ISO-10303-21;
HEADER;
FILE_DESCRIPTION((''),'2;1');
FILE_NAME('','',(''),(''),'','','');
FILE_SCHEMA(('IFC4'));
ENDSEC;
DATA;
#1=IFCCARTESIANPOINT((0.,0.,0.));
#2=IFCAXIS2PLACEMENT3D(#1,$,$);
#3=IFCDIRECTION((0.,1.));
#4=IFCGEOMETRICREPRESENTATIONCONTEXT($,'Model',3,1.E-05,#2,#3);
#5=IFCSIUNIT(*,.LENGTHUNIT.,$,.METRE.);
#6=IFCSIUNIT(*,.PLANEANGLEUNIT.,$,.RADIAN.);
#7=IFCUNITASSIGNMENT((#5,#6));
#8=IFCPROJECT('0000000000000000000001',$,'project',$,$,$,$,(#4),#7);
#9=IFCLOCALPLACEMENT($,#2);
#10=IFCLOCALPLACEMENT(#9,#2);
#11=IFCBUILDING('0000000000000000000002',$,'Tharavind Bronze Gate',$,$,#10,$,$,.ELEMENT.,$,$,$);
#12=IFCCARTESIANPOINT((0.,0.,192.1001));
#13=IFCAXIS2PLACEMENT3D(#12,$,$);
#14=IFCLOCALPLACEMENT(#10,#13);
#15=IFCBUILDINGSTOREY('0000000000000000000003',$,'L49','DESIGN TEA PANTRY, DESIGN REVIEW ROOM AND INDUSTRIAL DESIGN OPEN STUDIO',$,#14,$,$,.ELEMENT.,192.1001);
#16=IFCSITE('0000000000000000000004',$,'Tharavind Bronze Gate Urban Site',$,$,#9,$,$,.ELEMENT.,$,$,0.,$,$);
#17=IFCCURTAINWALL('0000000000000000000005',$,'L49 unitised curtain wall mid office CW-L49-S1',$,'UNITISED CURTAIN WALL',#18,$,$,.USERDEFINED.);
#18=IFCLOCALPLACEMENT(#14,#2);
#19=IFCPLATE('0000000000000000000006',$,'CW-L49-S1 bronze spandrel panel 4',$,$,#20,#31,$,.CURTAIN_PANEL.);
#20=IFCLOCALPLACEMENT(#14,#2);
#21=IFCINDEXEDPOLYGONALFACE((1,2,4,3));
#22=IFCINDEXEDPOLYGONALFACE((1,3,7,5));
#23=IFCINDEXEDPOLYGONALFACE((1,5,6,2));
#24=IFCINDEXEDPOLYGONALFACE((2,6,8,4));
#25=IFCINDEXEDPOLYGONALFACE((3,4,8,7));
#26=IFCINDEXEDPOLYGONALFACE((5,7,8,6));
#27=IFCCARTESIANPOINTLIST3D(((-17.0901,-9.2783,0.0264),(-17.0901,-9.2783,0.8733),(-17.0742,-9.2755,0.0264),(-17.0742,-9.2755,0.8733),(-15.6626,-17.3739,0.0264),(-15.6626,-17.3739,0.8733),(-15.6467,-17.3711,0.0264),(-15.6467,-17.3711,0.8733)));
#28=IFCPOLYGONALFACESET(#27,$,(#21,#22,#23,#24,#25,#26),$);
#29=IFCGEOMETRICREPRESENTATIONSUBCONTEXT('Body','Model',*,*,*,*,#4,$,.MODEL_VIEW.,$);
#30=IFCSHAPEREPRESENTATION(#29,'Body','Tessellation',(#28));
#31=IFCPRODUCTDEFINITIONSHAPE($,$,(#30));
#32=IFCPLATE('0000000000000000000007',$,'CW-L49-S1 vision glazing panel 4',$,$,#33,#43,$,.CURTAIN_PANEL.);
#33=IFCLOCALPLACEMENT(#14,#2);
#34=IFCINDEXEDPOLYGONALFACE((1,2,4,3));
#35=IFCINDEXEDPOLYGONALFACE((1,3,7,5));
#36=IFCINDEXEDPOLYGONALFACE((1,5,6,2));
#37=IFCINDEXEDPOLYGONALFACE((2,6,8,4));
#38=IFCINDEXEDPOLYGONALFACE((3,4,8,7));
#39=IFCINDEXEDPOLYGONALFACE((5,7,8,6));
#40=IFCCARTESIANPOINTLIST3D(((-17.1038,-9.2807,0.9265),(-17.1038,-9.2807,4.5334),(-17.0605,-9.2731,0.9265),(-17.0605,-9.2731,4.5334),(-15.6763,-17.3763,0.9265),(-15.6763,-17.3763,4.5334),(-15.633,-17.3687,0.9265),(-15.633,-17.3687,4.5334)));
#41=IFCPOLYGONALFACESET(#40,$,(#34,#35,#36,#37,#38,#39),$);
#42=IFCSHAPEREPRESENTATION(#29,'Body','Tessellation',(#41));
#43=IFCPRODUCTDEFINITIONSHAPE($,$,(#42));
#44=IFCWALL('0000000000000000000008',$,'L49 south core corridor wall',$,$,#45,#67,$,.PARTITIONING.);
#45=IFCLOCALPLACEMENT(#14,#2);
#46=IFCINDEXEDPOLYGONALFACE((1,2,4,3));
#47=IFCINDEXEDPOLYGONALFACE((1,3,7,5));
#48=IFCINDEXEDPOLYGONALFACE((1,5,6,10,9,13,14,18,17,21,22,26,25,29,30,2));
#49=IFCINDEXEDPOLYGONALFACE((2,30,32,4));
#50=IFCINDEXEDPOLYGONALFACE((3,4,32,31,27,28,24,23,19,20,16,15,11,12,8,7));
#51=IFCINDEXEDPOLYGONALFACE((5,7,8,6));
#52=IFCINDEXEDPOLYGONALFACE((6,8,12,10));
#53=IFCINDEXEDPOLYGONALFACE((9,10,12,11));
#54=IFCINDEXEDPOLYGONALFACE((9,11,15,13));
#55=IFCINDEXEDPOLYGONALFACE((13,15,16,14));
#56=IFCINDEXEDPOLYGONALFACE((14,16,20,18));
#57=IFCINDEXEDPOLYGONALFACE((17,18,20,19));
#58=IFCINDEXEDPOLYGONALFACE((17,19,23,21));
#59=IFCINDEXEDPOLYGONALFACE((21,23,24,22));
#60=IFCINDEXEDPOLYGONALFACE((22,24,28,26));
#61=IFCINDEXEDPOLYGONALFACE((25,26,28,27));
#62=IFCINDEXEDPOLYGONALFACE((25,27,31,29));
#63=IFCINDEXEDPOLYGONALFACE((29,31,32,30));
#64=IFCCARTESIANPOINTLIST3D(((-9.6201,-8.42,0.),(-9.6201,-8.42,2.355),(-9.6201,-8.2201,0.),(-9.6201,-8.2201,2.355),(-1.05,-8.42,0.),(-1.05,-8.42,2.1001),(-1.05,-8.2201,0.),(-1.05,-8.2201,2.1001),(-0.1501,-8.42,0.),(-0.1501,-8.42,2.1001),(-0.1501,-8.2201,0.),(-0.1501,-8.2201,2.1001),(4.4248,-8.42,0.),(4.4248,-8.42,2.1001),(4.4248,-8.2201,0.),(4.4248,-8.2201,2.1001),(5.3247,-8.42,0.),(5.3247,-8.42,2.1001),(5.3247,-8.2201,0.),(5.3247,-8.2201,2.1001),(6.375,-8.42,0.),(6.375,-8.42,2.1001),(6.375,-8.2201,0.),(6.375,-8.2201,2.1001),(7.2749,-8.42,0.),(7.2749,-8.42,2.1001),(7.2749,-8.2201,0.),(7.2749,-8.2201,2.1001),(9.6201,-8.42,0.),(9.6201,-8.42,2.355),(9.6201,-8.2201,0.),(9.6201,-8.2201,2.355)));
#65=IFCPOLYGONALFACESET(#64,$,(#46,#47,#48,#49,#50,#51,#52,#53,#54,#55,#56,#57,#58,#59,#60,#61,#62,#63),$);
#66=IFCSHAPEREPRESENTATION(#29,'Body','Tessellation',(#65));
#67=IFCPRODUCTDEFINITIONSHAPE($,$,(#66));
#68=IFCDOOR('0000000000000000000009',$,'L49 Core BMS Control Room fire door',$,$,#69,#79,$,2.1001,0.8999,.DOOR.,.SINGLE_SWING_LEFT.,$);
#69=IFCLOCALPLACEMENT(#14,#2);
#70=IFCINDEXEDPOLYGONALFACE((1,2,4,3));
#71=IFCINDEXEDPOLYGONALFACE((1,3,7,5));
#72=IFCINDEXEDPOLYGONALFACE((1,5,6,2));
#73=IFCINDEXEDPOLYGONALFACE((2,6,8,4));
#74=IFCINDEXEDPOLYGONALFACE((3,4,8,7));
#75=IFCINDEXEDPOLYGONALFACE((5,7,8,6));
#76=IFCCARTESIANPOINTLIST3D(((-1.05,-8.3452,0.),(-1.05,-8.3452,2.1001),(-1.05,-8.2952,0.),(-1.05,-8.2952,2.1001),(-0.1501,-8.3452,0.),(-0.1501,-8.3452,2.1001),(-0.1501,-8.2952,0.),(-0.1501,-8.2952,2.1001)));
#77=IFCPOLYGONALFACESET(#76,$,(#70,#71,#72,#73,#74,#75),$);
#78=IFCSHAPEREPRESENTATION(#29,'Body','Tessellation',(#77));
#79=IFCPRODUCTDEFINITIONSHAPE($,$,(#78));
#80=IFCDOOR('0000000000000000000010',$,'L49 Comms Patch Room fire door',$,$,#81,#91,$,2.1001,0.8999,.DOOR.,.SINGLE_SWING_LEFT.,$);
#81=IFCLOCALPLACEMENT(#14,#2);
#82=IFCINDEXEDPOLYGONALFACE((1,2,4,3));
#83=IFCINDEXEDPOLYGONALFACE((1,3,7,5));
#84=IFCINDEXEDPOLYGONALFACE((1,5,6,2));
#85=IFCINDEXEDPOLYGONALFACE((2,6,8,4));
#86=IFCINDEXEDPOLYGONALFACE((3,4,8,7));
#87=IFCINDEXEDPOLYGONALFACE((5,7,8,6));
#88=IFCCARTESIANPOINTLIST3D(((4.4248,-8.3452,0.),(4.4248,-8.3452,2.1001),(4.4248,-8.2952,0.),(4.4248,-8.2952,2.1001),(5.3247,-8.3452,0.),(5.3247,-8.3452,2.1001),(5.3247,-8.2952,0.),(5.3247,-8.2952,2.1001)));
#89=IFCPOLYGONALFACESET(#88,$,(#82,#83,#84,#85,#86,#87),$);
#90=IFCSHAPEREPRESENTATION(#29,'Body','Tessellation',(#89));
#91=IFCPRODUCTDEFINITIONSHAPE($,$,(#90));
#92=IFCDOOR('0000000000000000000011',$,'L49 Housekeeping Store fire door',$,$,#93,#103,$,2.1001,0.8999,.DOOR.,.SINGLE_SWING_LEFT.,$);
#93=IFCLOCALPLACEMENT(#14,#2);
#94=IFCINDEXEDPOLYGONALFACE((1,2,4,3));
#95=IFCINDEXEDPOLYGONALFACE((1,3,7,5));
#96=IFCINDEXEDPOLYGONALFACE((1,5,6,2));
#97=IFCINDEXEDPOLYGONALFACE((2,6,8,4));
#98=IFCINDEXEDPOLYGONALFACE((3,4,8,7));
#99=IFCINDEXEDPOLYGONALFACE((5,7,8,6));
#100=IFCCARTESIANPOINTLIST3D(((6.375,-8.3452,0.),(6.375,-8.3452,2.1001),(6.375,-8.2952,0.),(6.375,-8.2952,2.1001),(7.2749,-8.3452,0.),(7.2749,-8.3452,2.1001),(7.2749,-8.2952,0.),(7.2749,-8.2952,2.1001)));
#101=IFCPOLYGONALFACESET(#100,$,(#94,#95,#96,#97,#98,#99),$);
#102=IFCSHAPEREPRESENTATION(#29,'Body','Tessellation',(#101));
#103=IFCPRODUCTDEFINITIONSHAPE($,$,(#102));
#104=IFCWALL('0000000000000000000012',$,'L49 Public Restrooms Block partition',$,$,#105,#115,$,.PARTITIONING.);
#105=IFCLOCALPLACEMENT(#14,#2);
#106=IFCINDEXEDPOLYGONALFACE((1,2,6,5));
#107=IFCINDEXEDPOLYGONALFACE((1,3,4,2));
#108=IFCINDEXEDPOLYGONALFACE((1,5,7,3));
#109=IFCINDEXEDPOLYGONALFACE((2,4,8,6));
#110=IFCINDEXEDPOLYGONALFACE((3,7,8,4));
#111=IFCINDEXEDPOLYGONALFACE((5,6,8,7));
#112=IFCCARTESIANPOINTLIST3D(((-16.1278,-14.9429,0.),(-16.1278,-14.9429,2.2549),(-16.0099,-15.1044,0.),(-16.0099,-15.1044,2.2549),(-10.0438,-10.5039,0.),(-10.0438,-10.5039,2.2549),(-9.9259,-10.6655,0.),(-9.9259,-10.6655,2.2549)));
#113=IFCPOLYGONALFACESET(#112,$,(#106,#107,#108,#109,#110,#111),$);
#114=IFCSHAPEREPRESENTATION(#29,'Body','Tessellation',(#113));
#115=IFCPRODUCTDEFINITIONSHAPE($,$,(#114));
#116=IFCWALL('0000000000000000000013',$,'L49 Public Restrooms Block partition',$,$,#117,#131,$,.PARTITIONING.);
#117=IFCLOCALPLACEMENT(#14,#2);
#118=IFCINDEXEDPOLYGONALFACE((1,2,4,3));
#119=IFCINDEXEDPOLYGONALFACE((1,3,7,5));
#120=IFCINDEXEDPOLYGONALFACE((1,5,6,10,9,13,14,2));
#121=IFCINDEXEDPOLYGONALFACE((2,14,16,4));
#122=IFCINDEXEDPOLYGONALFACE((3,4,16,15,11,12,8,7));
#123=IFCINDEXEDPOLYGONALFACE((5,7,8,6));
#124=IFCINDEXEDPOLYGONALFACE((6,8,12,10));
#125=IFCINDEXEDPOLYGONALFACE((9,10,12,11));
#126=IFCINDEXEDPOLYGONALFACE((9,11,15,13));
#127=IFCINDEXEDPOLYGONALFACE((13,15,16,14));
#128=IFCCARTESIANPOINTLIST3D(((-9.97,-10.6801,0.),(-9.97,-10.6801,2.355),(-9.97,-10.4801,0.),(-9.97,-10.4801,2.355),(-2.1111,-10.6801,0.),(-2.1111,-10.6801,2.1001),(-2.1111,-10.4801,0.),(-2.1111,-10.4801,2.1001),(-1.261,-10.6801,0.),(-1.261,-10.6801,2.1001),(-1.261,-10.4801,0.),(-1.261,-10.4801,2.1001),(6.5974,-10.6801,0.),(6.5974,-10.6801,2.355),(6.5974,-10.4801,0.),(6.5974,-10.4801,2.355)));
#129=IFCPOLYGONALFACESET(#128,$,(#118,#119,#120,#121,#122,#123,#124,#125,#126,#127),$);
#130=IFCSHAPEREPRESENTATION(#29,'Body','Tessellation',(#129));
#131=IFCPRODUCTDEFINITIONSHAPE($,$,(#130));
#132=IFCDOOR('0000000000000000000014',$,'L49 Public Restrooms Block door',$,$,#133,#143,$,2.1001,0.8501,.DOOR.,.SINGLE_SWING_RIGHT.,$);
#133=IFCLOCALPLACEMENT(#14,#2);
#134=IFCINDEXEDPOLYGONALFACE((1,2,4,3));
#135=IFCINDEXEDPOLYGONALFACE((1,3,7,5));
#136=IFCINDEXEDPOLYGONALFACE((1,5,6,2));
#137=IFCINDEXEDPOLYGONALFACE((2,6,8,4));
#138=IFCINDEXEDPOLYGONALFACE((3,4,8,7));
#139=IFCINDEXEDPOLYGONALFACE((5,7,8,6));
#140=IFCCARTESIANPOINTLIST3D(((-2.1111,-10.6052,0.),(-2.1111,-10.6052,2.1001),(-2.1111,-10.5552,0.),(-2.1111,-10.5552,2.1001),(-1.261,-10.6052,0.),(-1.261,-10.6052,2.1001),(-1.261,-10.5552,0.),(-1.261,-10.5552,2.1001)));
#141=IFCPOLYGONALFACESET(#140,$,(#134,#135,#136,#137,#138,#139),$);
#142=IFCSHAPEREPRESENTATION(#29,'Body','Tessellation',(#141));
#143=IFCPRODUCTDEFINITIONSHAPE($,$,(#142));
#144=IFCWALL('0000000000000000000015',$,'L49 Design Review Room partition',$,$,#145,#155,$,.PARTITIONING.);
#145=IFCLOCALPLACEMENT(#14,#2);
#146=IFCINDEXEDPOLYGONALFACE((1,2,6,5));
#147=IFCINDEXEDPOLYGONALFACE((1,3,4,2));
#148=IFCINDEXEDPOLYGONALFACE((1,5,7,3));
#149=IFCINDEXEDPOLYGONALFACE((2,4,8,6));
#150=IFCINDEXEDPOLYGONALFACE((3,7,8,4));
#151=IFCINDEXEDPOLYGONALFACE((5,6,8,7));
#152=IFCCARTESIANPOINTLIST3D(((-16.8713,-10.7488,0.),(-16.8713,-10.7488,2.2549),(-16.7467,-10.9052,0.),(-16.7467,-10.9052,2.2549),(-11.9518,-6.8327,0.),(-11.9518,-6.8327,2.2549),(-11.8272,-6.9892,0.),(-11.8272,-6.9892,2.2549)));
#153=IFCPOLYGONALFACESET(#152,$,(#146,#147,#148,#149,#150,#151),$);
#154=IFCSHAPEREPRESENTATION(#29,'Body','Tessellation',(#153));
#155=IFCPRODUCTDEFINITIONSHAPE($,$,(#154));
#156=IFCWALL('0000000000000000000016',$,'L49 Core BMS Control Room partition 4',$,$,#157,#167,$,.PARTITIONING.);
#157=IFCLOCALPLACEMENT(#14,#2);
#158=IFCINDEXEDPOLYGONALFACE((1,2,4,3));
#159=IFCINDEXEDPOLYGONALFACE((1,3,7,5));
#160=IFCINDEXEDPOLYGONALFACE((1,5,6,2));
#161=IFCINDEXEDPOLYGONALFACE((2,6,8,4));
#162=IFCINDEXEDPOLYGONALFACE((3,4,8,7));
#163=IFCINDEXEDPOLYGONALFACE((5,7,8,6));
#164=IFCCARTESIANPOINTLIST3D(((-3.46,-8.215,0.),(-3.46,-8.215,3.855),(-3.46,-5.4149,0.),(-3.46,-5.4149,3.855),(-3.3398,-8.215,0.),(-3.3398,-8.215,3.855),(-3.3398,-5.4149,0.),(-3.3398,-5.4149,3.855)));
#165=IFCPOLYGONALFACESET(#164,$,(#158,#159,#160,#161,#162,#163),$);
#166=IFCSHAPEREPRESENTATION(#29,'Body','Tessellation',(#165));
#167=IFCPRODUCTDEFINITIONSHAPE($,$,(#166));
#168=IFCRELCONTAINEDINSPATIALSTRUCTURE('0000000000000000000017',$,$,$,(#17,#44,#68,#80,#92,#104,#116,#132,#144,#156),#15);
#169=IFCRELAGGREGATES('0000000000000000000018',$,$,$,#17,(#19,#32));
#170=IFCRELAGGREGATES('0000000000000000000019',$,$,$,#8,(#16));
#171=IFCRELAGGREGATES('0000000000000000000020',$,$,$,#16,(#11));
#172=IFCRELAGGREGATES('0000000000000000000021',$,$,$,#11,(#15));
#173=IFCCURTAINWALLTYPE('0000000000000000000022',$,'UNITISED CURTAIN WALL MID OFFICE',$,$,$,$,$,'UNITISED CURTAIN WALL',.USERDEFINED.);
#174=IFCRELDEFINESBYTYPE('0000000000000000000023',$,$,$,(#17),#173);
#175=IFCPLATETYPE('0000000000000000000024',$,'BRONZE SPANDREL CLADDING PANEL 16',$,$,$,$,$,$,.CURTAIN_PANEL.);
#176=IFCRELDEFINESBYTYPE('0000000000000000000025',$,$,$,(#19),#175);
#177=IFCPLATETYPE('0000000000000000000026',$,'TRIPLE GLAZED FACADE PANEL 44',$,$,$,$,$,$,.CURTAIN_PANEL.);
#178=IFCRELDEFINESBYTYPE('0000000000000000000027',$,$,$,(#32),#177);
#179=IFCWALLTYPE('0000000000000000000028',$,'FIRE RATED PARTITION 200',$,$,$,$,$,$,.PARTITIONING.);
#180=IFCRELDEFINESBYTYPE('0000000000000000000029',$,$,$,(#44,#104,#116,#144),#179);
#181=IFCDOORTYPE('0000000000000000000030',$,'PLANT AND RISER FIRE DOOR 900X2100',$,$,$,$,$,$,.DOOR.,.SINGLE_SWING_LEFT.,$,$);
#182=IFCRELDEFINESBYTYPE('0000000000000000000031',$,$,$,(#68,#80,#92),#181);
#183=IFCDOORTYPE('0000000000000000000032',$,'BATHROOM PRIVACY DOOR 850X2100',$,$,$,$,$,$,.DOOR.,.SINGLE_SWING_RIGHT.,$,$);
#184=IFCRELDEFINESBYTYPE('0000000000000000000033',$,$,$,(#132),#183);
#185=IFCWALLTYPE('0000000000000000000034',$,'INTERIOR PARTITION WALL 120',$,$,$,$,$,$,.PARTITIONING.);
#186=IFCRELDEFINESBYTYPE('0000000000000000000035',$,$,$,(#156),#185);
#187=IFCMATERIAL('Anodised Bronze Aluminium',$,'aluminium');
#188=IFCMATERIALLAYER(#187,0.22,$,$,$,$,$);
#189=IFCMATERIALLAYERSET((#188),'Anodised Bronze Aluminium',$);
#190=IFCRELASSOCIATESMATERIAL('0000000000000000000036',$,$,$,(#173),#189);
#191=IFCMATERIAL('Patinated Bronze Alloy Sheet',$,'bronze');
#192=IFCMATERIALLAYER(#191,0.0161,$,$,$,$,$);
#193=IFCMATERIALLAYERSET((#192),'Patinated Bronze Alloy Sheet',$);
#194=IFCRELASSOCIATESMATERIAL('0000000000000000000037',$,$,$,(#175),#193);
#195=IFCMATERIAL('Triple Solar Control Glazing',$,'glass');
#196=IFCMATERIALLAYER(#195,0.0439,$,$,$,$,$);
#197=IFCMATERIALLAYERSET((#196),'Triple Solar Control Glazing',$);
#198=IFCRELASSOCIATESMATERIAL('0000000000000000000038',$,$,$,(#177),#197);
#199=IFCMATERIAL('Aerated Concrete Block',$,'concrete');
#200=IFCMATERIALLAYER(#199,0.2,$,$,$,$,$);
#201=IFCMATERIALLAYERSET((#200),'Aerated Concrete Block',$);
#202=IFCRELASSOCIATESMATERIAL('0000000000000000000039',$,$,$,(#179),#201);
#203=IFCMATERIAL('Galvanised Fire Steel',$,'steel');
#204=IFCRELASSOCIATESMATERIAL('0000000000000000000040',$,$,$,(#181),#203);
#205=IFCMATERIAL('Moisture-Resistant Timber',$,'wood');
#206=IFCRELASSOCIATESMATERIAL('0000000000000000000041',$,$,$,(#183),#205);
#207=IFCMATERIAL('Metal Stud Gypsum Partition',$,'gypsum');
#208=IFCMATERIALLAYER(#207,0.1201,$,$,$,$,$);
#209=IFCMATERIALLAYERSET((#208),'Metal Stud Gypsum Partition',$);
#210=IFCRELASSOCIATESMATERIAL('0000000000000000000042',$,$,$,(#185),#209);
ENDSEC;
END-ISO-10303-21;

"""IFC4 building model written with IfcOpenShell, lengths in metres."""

from ifc_helpers import new_model, si_unit, direction, frame, frame_2d, origin, origin_2d, place, context, subcontext, project, spatial, rectangle, extrude, material, layer, layer_set, type_object, element, fill, aggregate, save


model = new_model("IFC4")

# Units and contexts
model_context = context("Model", 3, precision=1e-05, world=origin(), true_north=direction((0.0, 1.0)))
body_context = subcontext(model_context, "Body", "Model", "MODEL_VIEW")
ifc_project = project(units=[si_unit("LENGTHUNIT", "METRE"), si_unit("PLANEANGLEUNIT", "RADIAN")], contexts=[model_context])

# Site, building, storey
site_placement = place(None, origin())
site = spatial("IfcSite", under=ifc_project, at=site_placement, Name="Tharavind Bronze Gate Urban Site", CompositionType="ELEMENT", RefElevation=0.0)
building_placement = place(site_placement, origin())
building = spatial("IfcBuilding", under=site, at=building_placement, Name="Tharavind Bronze Gate", CompositionType="ELEMENT")
storey_placement = place(building_placement, frame((0.0, 0.0, 192.1001)))
storey = spatial("IfcBuildingStorey", under=building, at=storey_placement, Name="L49", Description="DESIGN TEA PANTRY, DESIGN REVIEW ROOM AND INDUSTRIAL DESIGN OPEN STUDIO", CompositionType="ELEMENT", Elevation=192.1001)

# Curtain wall
ifc_material_1 = material(Name="Anodised Bronze Aluminium", Category="aluminium")
ifc_layer_1 = layer(ifc_material_1, 0.22)
ifc_layer_set_1 = layer_set([ifc_layer_1], Name="Anodised Bronze Aluminium")
curtain_wall_type = type_object("IfcCurtainWallType", Name="UNITISED CURTAIN WALL MID OFFICE", ElementType="UNITISED CURTAIN WALL", PredefinedType="USERDEFINED", material=ifc_layer_set_1)
curtain_wall_placement = place(storey_placement, origin())
curtain_wall = element("IfcCurtainWall", 1, at=curtain_wall_placement, inside=storey, type_object=curtain_wall_type, Name="L49 unitised curtain wall mid office CW-L49-S1", ObjectType="UNITISED CURTAIN WALL", PredefinedType="USERDEFINED")

# Plates
ifc_material_2 = material(Name="Patinated Bronze Alloy Sheet", Category="bronze")
ifc_layer_2 = layer(ifc_material_2, 0.0161)
ifc_layer_set_2 = layer_set([ifc_layer_2], Name="Patinated Bronze Alloy Sheet")
plate_type_1 = type_object("IfcPlateType", Name="BRONZE SPANDREL CLADDING PANEL 16", PredefinedType="CURTAIN_PANEL", material=ifc_layer_set_2)
plate_1_placement = place(storey_placement, frame((-16.3684, -13.3247, 0.0264), z_axis=(0.0, 0.0, 1.0), x_axis=(0.173648, -0.984808, 0.0)))
plate_1 = element("IfcPlate", 2, at=plate_1_placement, type_object=plate_type_1, Name="CW-L49-S1 bronze spandrel panel 4", PredefinedType="CURTAIN_PANEL", context=body_context, shape_type="SweptSolid", body=[
    extrude(rectangle(XDim=8.2205, YDim=0.0161, at=origin_2d()), origin(), (0.0, 0.0, 1.0), 0.8469),
])
ifc_material_3 = material(Name="Triple Solar Control Glazing", Category="glass")
ifc_layer_3 = layer(ifc_material_3, 0.0439)
ifc_layer_set_3 = layer_set([ifc_layer_3], Name="Triple Solar Control Glazing")
plate_type_2 = type_object("IfcPlateType", Name="TRIPLE GLAZED FACADE PANEL 44", PredefinedType="CURTAIN_PANEL", material=ifc_layer_set_3)
plate_2_placement = place(storey_placement, frame((-16.3684, -13.3247, 0.9265), z_axis=(0.0, 0.0, 1.0), x_axis=(0.173648, -0.984808, 0.0)))
plate_2 = element("IfcPlate", 3, at=plate_2_placement, type_object=plate_type_2, Name="CW-L49-S1 vision glazing panel 4", PredefinedType="CURTAIN_PANEL", context=body_context, shape_type="SweptSolid", body=[
    extrude(rectangle(XDim=8.2205, YDim=0.0439, at=origin_2d()), origin(), (0.0, 0.0, 1.0), 3.6069),
])
aggregate(curtain_wall, [plate_1, plate_2])

# Wall, openings, doors
ifc_material_4 = material(Name="Aerated Concrete Block", Category="concrete")
ifc_layer_4 = layer(ifc_material_4, 0.2)
ifc_layer_set_4 = layer_set([ifc_layer_4], Name="Aerated Concrete Block")
wall_type_1 = type_object("IfcWallType", Name="FIRE RATED PARTITION 200", PredefinedType="PARTITIONING", material=ifc_layer_set_4)
wall_1_placement = place(storey_placement, frame((-9.6201, -8.3201, 0.0), z_axis=(0.0, 0.0, 1.0), x_axis=(1.0, 0.0, 0.0)))
wall_1 = element("IfcWall", 4, at=wall_1_placement, inside=storey, type_object=wall_type_1, Name="L49 south core corridor wall", PredefinedType="PARTITIONING", context=body_context, shape_type="SweptSolid", body=[
    extrude(rectangle(XDim=19.2402, YDim=0.2, at=frame_2d((9.6201, 0.0))), origin(), (0.0, 0.0, 1.0), 2.355),
])
opening_1_placement = place(wall_1_placement, frame((8.5701, 0.0, 0.0)))
opening_1 = element("IfcOpeningElement", 5, at=opening_1_placement, cuts=wall_1, PredefinedType="OPENING", context=body_context, shape_type="SweptSolid", body=[
    extrude(rectangle(XDim=0.8999, YDim=2.1001, at=frame_2d((0.45, 1.05))), frame((0.0, 0.1101, 0.0), z_axis=(0.0, -1.0, 0.0), x_axis=(1.0, 0.0, 0.0)), (0.0, 0.0, 1.0), 0.22),
])
opening_2_placement = place(wall_1_placement, frame((14.0449, 0.0, 0.0)))
opening_2 = element("IfcOpeningElement", 6, at=opening_2_placement, cuts=wall_1, PredefinedType="OPENING", context=body_context, shape_type="SweptSolid", body=[
    extrude(rectangle(XDim=0.8999, YDim=2.1001, at=frame_2d((0.45, 1.05))), frame((0.0, 0.1101, 0.0), z_axis=(0.0, -1.0, 0.0), x_axis=(1.0, 0.0, 0.0)), (0.0, 0.0, 1.0), 0.22),
])
opening_3_placement = place(wall_1_placement, frame((15.9951, 0.0, 0.0)))
opening_3 = element("IfcOpeningElement", 7, at=opening_3_placement, cuts=wall_1, PredefinedType="OPENING", context=body_context, shape_type="SweptSolid", body=[
    extrude(rectangle(XDim=0.8999, YDim=2.1001, at=frame_2d((0.45, 1.05))), frame((0.0, 0.1101, 0.0), z_axis=(0.0, -1.0, 0.0), x_axis=(1.0, 0.0, 0.0)), (0.0, 0.0, 1.0), 0.22),
])
ifc_material_5 = material(Name="Galvanised Fire Steel", Category="steel")
door_type_1 = type_object("IfcDoorType", Name="PLANT AND RISER FIRE DOOR 900X2100", OperationType="SINGLE_SWING_LEFT", PredefinedType="DOOR", material=ifc_material_5)
door_1_placement = place(opening_1_placement, origin())
door_1 = element("IfcDoor", 8, at=door_1_placement, inside=storey, type_object=door_type_1, Name="L49 Core BMS Control Room fire door", OperationType="SINGLE_SWING_LEFT", OverallHeight=2.1001, OverallWidth=0.8999, PredefinedType="DOOR", context=body_context, shape_type="SweptSolid", body=[
    extrude(rectangle(XDim=0.8999, YDim=2.1001, at=frame_2d((0.45, 1.05))), frame((0.0, 0.0249, 0.0), z_axis=(0.0, -1.0, 0.0), x_axis=(1.0, 0.0, 0.0)), (0.0, 0.0, 1.0), 0.05),
])
fill(opening_1, door_1)
door_2_placement = place(opening_2_placement, origin())
door_2 = element("IfcDoor", 9, at=door_2_placement, inside=storey, type_object=door_type_1, Name="L49 Comms Patch Room fire door", OperationType="SINGLE_SWING_LEFT", OverallHeight=2.1001, OverallWidth=0.8999, PredefinedType="DOOR", context=body_context, shape_type="SweptSolid", body=[
    extrude(rectangle(XDim=0.8999, YDim=2.1001, at=frame_2d((0.45, 1.05))), frame((0.0, 0.0249, 0.0), z_axis=(0.0, -1.0, 0.0), x_axis=(1.0, 0.0, 0.0)), (0.0, 0.0, 1.0), 0.05),
])
fill(opening_2, door_2)
door_3_placement = place(opening_3_placement, origin())
door_3 = element("IfcDoor", 10, at=door_3_placement, inside=storey, type_object=door_type_1, Name="L49 Housekeeping Store fire door", OperationType="SINGLE_SWING_LEFT", OverallHeight=2.1001, OverallWidth=0.8999, PredefinedType="DOOR", context=body_context, shape_type="SweptSolid", body=[
    extrude(rectangle(XDim=0.8999, YDim=2.1001, at=frame_2d((0.45, 1.05))), frame((0.0, 0.0249, 0.0), z_axis=(0.0, -1.0, 0.0), x_axis=(1.0, 0.0, 0.0)), (0.0, 0.0, 1.0), 0.05),
])
fill(opening_3, door_3)

# Wall
wall_2_placement = place(storey_placement, frame((-16.0688, -15.0237, 0.0), z_axis=(0.0, 0.0, 1.0), x_axis=(0.807835, 0.589408, 0.0)))
element("IfcWall", 11, at=wall_2_placement, inside=storey, type_object=wall_type_1, Name="L49 Public Restrooms Block partition", PredefinedType="PARTITIONING", context=body_context, shape_type="SweptSolid", body=[
    extrude(rectangle(XDim=7.5312, YDim=0.2, at=frame_2d((3.7656, 0.0))), origin(), (0.0, 0.0, 1.0), 2.2549),
])

# Wall, opening, door
wall_3_placement = place(storey_placement, frame((-9.97, -10.5801, 0.0), z_axis=(0.0, 0.0, 1.0), x_axis=(1.0, 0.0, 0.0)))
wall_3 = element("IfcWall", 12, at=wall_3_placement, inside=storey, type_object=wall_type_1, Name="L49 Public Restrooms Block partition", PredefinedType="PARTITIONING", context=body_context, shape_type="SweptSolid", body=[
    extrude(rectangle(XDim=16.5674, YDim=0.2, at=frame_2d((8.2837, 0.0))), origin(), (0.0, 0.0, 1.0), 2.355),
])
opening_4_placement = place(wall_3_placement, frame((7.8589, 0.0, 0.0)))
opening_4 = element("IfcOpeningElement", 13, at=opening_4_placement, cuts=wall_3, PredefinedType="OPENING", context=body_context, shape_type="SweptSolid", body=[
    extrude(rectangle(XDim=0.8501, YDim=2.1001, at=frame_2d((0.425, 1.05))), frame((0.0, 0.1101, 0.0), z_axis=(0.0, -1.0, 0.0), x_axis=(1.0, 0.0, 0.0)), (0.0, 0.0, 1.0), 0.22),
])
ifc_material_6 = material(Name="Moisture-Resistant Timber", Category="wood")
door_type_2 = type_object("IfcDoorType", Name="BATHROOM PRIVACY DOOR 850X2100", OperationType="SINGLE_SWING_RIGHT", PredefinedType="DOOR", material=ifc_material_6)
door_4_placement = place(opening_4_placement, origin())
door_4 = element("IfcDoor", 14, at=door_4_placement, inside=storey, type_object=door_type_2, Name="L49 Public Restrooms Block door", OperationType="SINGLE_SWING_RIGHT", OverallHeight=2.1001, OverallWidth=0.8501, PredefinedType="DOOR", context=body_context, shape_type="SweptSolid", body=[
    extrude(rectangle(XDim=0.8501, YDim=2.1001, at=frame_2d((0.425, 1.05))), frame((0.0, 0.0249, 0.0), z_axis=(0.0, -1.0, 0.0), x_axis=(1.0, 0.0, 0.0)), (0.0, 0.0, 1.0), 0.05),
])
fill(opening_4, door_4)

# Walls
wall_4_placement = place(storey_placement, frame((-11.8894, -6.9109, 0.0), z_axis=(0.0, 0.0, 1.0), x_axis=(-0.782382, -0.622799, 0.0)))
element("IfcWall", 15, at=wall_4_placement, inside=storey, type_object=wall_type_1, Name="L49 Design Review Room partition", PredefinedType="PARTITIONING", context=body_context, shape_type="SweptSolid", body=[
    extrude(rectangle(XDim=6.2878, YDim=0.2, at=frame_2d((3.144, 0.0))), origin(), (0.0, 0.0, 1.0), 2.2549),
])
ifc_material_7 = material(Name="Metal Stud Gypsum Partition", Category="gypsum")
ifc_layer_5 = layer(ifc_material_7, 0.1201)
ifc_layer_set_5 = layer_set([ifc_layer_5], Name="Metal Stud Gypsum Partition")
wall_type_2 = type_object("IfcWallType", Name="INTERIOR PARTITION WALL 120", PredefinedType="PARTITIONING", material=ifc_layer_set_5)
wall_5_placement = place(storey_placement, frame((-3.3999, -5.415, 0.0), z_axis=(0.0, 0.0, 1.0), x_axis=(0.0, -1.0, 0.0)))
element("IfcWall", 16, at=wall_5_placement, inside=storey, type_object=wall_type_2, Name="L49 Core BMS Control Room partition 4", PredefinedType="PARTITIONING", context=body_context, shape_type="SweptSolid", body=[
    extrude(rectangle(XDim=2.8, YDim=0.1201, at=frame_2d((1.3999, 0.0))), origin(), (0.0, 0.0, 1.0), 3.855),
])

save(model, "model.ifc")
